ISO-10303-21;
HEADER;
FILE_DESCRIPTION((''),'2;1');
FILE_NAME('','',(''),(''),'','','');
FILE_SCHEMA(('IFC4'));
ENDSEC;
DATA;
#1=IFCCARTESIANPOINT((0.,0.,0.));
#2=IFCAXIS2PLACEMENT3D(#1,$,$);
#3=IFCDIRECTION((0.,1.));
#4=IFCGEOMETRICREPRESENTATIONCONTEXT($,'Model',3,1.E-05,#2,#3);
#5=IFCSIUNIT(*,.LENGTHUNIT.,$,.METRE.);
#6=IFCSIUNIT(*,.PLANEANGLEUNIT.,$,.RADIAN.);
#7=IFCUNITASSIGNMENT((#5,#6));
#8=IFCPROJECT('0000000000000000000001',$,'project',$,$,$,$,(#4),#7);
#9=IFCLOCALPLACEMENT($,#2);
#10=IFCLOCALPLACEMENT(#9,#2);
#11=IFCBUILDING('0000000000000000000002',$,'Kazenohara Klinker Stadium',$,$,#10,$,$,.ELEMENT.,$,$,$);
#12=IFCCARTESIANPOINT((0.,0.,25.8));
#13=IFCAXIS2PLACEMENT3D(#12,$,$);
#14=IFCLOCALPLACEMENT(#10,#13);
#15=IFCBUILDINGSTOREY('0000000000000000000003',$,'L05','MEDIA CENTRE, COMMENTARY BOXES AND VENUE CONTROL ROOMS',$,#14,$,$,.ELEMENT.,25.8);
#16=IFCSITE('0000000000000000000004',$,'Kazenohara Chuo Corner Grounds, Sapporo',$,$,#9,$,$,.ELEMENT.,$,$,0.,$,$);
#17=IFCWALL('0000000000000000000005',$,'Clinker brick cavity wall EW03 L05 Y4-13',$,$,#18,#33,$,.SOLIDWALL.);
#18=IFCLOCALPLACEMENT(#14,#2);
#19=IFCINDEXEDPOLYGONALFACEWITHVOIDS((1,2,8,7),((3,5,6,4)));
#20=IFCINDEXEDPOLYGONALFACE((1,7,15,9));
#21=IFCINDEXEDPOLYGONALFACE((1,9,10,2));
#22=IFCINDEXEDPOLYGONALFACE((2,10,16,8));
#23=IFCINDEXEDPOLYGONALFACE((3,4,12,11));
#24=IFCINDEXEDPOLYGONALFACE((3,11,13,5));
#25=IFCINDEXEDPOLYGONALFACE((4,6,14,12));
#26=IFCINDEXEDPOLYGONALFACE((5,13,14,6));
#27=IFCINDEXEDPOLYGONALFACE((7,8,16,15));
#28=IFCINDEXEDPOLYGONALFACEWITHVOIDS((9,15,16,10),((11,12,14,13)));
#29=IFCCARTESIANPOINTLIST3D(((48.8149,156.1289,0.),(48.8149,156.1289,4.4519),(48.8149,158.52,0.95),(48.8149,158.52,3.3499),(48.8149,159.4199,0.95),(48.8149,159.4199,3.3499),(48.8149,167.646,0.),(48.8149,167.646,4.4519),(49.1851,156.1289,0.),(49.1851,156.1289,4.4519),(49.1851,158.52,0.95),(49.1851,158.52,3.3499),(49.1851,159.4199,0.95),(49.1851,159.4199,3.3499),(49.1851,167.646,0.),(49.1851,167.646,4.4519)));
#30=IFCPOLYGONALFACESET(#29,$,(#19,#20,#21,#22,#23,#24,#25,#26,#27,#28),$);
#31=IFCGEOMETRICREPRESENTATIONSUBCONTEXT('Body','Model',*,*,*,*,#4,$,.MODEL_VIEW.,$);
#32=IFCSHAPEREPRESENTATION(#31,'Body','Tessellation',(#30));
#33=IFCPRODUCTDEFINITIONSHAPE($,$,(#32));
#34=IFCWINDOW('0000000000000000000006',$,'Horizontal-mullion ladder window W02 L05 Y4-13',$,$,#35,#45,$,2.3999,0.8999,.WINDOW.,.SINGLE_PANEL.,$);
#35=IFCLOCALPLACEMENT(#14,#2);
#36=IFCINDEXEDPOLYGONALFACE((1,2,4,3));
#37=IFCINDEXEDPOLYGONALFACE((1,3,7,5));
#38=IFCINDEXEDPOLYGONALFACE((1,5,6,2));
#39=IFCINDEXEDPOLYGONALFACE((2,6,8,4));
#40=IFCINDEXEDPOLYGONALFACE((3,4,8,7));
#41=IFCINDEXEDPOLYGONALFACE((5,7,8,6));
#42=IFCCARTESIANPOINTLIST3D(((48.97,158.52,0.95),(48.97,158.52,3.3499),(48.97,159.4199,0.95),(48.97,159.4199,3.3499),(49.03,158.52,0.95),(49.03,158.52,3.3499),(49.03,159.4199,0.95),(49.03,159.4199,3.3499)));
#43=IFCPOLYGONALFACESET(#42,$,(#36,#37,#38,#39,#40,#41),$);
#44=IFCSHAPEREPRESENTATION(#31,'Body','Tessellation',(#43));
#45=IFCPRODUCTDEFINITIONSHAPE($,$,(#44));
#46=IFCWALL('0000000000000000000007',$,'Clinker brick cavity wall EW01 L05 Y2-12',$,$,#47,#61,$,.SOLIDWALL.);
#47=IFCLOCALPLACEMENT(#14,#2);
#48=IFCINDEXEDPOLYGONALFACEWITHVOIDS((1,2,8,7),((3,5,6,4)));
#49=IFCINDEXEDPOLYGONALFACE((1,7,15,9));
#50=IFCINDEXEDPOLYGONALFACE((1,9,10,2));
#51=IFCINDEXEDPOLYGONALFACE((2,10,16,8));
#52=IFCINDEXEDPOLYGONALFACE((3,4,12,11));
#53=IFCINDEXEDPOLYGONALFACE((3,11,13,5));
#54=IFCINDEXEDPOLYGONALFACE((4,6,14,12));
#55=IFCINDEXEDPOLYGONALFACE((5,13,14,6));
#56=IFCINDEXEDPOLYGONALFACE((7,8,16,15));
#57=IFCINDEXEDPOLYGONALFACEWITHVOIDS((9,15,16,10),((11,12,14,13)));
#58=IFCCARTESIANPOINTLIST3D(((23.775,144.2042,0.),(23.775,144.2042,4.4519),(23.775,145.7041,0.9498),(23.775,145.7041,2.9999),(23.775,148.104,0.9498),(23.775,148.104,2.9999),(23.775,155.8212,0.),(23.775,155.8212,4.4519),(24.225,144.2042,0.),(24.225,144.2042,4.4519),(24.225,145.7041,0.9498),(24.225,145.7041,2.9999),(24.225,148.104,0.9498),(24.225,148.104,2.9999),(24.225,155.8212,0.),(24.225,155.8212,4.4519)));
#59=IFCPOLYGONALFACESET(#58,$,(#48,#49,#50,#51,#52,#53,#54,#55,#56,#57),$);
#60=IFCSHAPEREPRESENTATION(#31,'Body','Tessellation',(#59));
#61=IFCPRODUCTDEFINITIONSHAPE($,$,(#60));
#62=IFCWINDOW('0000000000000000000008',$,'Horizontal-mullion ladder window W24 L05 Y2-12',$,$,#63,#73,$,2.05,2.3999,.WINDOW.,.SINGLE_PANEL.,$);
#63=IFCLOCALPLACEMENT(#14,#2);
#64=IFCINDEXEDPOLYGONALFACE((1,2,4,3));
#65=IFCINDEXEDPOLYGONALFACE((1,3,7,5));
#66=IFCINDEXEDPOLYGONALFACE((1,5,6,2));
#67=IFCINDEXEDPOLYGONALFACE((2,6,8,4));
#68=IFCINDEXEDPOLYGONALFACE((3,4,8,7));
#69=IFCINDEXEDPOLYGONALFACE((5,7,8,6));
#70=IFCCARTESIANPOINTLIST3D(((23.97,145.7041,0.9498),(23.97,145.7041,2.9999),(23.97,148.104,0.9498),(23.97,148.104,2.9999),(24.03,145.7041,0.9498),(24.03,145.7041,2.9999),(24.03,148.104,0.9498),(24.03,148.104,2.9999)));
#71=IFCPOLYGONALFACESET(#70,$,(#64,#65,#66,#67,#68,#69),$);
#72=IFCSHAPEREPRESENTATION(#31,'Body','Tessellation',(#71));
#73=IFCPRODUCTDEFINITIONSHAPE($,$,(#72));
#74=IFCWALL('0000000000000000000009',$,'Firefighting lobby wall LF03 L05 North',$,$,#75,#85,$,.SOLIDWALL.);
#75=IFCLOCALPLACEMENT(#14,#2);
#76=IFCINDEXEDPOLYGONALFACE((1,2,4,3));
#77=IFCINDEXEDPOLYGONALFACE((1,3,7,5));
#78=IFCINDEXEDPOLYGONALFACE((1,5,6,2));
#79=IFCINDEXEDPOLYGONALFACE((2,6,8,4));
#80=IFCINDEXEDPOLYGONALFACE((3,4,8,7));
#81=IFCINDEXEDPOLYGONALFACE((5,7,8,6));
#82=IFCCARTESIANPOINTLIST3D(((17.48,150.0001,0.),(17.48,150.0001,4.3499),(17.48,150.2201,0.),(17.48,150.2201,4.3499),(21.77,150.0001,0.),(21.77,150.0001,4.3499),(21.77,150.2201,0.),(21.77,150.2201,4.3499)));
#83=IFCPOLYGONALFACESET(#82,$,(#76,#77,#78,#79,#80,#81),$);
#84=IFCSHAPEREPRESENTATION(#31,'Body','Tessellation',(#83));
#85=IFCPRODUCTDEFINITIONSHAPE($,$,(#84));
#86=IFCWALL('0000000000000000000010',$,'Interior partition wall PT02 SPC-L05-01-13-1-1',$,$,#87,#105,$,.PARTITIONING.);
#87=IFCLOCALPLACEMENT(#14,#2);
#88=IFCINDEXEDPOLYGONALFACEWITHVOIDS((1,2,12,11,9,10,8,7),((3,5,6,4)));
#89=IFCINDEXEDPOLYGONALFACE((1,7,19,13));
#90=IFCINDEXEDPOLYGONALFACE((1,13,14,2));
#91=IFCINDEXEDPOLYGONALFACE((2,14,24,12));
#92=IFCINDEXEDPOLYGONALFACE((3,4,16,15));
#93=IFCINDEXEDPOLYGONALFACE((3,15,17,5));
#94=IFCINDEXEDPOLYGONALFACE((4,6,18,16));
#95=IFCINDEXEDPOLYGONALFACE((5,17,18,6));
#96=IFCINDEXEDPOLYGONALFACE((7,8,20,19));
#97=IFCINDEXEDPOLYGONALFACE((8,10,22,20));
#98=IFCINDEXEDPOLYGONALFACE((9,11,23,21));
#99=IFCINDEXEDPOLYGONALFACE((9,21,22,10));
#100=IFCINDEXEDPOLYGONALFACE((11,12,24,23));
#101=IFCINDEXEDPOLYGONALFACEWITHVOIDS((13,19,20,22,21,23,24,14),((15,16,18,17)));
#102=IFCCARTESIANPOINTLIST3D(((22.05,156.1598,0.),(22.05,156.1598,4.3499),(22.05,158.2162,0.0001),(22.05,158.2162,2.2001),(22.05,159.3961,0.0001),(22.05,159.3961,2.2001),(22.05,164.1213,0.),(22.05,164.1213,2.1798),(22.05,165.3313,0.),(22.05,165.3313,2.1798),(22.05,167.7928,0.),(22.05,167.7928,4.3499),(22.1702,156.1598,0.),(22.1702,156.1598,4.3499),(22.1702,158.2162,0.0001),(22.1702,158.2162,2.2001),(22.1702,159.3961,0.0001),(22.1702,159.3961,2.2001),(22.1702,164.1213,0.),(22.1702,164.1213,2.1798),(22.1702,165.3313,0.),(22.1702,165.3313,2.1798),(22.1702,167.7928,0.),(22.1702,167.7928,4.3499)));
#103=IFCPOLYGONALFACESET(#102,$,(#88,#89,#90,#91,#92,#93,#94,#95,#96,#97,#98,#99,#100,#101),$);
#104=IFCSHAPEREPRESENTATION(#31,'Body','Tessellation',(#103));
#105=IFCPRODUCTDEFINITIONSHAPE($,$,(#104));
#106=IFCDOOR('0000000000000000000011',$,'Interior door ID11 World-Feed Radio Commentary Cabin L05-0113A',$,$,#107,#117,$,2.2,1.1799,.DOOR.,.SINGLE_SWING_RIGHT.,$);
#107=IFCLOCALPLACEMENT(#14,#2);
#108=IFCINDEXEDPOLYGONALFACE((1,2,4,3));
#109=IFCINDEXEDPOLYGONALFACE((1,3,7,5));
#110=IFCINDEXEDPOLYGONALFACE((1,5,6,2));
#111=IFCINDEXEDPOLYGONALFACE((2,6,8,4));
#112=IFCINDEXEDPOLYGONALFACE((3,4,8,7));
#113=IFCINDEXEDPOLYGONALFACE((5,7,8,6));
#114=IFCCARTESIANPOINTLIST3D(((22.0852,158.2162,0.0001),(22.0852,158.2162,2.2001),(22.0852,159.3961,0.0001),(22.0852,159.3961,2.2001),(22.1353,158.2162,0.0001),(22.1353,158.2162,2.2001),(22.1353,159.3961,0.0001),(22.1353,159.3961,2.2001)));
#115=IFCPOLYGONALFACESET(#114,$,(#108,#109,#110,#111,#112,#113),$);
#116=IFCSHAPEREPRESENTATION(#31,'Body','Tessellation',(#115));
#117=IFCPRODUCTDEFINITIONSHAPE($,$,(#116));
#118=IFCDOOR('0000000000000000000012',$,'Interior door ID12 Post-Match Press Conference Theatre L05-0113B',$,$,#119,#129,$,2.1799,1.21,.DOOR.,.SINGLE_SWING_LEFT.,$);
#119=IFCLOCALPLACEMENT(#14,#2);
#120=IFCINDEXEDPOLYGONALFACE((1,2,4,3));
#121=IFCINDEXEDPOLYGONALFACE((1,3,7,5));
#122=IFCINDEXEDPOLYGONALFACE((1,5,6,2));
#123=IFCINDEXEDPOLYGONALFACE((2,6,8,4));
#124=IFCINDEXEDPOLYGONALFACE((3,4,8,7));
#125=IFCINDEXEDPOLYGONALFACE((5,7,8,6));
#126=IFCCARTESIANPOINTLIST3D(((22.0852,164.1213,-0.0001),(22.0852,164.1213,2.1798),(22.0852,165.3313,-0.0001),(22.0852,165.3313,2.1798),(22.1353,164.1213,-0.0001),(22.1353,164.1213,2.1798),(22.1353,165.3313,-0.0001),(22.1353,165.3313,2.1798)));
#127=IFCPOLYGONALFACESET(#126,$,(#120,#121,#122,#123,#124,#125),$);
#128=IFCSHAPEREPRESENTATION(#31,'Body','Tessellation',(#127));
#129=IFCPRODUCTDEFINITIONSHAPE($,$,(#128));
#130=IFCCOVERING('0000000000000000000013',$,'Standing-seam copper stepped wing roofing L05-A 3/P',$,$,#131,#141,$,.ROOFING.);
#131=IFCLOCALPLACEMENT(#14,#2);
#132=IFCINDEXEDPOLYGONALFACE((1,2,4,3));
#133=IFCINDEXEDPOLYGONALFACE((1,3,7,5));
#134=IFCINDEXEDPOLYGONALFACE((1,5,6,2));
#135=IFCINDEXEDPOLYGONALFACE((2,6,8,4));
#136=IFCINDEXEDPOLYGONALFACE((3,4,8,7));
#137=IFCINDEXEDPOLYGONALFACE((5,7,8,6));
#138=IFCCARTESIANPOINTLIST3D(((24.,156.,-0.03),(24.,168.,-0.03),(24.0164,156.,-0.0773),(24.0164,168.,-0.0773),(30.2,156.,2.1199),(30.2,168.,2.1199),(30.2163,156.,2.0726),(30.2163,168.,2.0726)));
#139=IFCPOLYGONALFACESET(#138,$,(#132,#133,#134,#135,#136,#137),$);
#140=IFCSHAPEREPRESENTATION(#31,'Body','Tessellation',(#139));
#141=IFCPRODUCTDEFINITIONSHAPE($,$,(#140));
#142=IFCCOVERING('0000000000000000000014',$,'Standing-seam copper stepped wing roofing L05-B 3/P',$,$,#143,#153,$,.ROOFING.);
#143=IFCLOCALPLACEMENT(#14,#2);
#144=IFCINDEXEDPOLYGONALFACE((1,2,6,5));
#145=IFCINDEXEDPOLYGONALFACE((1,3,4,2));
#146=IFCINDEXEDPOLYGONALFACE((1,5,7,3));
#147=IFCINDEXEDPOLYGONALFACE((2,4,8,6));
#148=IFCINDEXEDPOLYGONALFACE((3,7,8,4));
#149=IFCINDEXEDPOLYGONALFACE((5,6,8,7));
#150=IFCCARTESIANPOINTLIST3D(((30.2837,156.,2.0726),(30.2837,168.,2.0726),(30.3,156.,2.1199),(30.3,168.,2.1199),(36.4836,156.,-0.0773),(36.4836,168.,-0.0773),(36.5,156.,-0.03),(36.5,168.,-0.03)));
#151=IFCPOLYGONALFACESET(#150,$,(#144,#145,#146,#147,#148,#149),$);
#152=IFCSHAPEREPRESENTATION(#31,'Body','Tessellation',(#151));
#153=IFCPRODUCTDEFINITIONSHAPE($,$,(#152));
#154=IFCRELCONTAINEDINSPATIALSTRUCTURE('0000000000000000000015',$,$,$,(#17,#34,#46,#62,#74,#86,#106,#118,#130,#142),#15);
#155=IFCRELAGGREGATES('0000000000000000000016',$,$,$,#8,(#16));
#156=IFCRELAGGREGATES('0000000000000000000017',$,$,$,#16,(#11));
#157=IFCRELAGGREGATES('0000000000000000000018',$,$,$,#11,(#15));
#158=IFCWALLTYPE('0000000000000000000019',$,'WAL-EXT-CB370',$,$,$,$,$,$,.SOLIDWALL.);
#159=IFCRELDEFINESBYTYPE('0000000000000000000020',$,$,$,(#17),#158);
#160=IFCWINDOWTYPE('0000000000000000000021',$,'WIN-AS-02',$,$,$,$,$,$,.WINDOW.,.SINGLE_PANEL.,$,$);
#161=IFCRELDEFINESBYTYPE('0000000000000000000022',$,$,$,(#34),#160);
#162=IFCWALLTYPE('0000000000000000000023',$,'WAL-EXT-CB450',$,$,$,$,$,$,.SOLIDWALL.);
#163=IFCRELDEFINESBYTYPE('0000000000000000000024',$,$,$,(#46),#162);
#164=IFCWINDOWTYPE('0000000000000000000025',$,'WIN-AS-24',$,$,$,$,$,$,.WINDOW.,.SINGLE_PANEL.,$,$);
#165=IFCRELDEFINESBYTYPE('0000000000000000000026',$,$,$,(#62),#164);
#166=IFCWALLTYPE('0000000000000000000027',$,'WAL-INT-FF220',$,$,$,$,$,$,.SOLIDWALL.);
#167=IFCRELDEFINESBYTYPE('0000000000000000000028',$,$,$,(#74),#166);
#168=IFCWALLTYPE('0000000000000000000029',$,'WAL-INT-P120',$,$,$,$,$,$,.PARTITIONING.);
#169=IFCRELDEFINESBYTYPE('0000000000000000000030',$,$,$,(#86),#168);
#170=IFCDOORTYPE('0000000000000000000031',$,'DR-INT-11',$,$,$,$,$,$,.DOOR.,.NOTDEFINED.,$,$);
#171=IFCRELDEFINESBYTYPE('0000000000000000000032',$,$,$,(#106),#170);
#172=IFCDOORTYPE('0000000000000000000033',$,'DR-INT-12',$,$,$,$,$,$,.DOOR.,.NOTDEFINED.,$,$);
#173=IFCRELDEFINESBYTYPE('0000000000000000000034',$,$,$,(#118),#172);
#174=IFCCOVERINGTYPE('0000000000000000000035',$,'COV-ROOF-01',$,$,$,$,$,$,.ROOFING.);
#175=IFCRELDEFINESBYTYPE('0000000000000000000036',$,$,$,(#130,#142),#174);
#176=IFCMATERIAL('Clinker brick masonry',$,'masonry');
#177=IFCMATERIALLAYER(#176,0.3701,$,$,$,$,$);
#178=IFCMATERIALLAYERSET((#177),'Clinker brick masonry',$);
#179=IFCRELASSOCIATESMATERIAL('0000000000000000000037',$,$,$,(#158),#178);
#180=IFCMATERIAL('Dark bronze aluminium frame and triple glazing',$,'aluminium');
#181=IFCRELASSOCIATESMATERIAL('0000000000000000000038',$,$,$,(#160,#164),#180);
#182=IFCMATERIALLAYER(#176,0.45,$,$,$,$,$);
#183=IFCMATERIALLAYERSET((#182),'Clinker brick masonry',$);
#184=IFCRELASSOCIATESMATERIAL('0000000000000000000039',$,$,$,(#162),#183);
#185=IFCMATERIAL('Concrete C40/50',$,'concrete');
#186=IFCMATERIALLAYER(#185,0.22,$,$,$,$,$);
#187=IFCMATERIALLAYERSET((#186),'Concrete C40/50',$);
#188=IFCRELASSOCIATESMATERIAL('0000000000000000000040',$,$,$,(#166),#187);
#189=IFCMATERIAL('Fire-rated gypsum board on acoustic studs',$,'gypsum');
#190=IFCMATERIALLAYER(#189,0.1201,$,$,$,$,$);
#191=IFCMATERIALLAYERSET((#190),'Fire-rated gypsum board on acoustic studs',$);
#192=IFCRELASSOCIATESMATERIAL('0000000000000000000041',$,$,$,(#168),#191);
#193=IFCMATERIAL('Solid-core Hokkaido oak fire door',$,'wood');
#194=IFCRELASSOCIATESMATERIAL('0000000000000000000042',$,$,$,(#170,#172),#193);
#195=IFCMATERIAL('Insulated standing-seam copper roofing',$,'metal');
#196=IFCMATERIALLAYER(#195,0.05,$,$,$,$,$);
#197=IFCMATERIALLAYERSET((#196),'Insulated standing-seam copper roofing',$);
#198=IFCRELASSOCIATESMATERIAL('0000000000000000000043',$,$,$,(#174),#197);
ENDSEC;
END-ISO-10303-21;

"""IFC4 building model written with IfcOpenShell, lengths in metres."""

from ifc_helpers import new_model, si_unit, direction, frame, frame_2d, origin, place, context, subcontext, project, spatial, polyline, rectangle, outline, extrude, material, layer, layer_set, type_object, element, fill, save


model = new_model("IFC4")

# Units and contexts
model_context = context("Model", 3, precision=1e-05, world=origin(), true_north=direction((0.0, 1.0)))
body_context = subcontext(model_context, "Body", "Model", "MODEL_VIEW")
ifc_project = project(units=[si_unit("LENGTHUNIT", "METRE"), si_unit("PLANEANGLEUNIT", "RADIAN")], contexts=[model_context])

# Site, building, storey
site_placement = place(None, origin())
site = spatial("IfcSite", under=ifc_project, at=site_placement, Name="Kazenohara Chuo Corner Grounds, Sapporo", CompositionType="ELEMENT", RefElevation=0.0)
building_placement = place(site_placement, origin())
building = spatial("IfcBuilding", under=site, at=building_placement, Name="Kazenohara Klinker Stadium", CompositionType="ELEMENT")
storey_placement = place(building_placement, frame((0.0, 0.0, 25.8)))
storey = spatial("IfcBuildingStorey", under=building, at=storey_placement, Name="L05", Description="MEDIA CENTRE, COMMENTARY BOXES AND VENUE CONTROL ROOMS", CompositionType="ELEMENT", Elevation=25.8)

# Shared definitions
ifc_material_1 = material(Name="Concrete C40/50", Category="concrete")

# Walls, openings, windows
ifc_material_2 = material(Name="Clinker brick masonry", Category="masonry")
ifc_layer_1 = layer(ifc_material_2, 0.3701)
ifc_layer_set_1 = layer_set([ifc_layer_1], Name="Clinker brick masonry")
wall_type_1 = type_object("IfcWallType", Name="WAL-EXT-CB370", PredefinedType="SOLIDWALL", material=ifc_layer_set_1)
ifc_material_3 = material(Name="Dark bronze aluminium frame and triple glazing", Category="aluminium")
wall_1_placement = place(storey_placement, frame((49.0, 156.1289, 0.0), z_axis=(0.0, 0.0, 1.0), x_axis=(0.0, 1.0, 0.0)))
wall_1 = element("IfcWall", 1, at=wall_1_placement, inside=storey, type_object=wall_type_1, Name="Clinker brick cavity wall EW03 L05 Y4-13", PredefinedType="SOLIDWALL", context=body_context, shape_type="SweptSolid", body=[
    extrude(rectangle(XDim=11.5171, YDim=0.3701, at=frame_2d((5.7585, 0.0))), origin(), (0.0, 0.0, 1.0), 4.4519),
])
opening_1_placement = place(wall_1_placement, frame((2.3911, 0.0, 0.95)))
opening_1 = element("IfcOpeningElement", 2, at=opening_1_placement, cuts=wall_1, PredefinedType="OPENING", context=body_context, shape_type="SweptSolid", body=[
    extrude(rectangle(XDim=0.8999, YDim=2.3999, at=frame_2d((0.45, 1.2))), frame((0.0, 0.1951, 0.0), z_axis=(0.0, -1.0, 0.0), x_axis=(1.0, 0.0, 0.0)), (0.0, 0.0, 1.0), 0.3901),
])
window_type_1 = type_object("IfcWindowType", Name="WIN-AS-02", PartitioningType="SINGLE_PANEL", PredefinedType="WINDOW", material=ifc_material_3)
window_1_placement = place(opening_1_placement, origin())
window_1 = element("IfcWindow", 3, at=window_1_placement, inside=storey, type_object=window_type_1, Name="Horizontal-mullion ladder window W02 L05 Y4-13", OverallHeight=2.3999, OverallWidth=0.8999, PartitioningType="SINGLE_PANEL", PredefinedType="WINDOW", context=body_context, shape_type="SweptSolid", body=[
    extrude(rectangle(XDim=0.8999, YDim=2.3999, at=frame_2d((0.45, 1.2))), frame((0.0, 0.03, 0.0), z_axis=(0.0, -1.0, 0.0), x_axis=(1.0, 0.0, 0.0)), (0.0, 0.0, 1.0), 0.0601),
])
fill(opening_1, window_1)
ifc_layer_2 = layer(ifc_material_2, 0.45)
ifc_layer_set_2 = layer_set([ifc_layer_2], Name="Clinker brick masonry")
wall_type_2 = type_object("IfcWallType", Name="WAL-EXT-CB450", PredefinedType="SOLIDWALL", material=ifc_layer_set_2)
wall_2_placement = place(storey_placement, frame((24.0, 144.2041, 0.0), z_axis=(0.0, 0.0, 1.0), x_axis=(0.0, 1.0, 0.0)))
wall_2 = element("IfcWall", 4, at=wall_2_placement, inside=storey, type_object=wall_type_2, Name="Clinker brick cavity wall EW01 L05 Y2-12", PredefinedType="SOLIDWALL", context=body_context, shape_type="SweptSolid", body=[
    extrude(rectangle(XDim=11.6169, YDim=0.45, at=frame_2d((5.8086, 0.0))), origin(), (0.0, 0.0, 1.0), 4.4519),
])
opening_2_placement = place(wall_2_placement, frame((1.5, 0.0, 0.95)))
opening_2 = element("IfcOpeningElement", 5, at=opening_2_placement, cuts=wall_2, PredefinedType="OPENING", context=body_context, shape_type="SweptSolid", body=[
    extrude(rectangle(XDim=2.3999, YDim=2.05, at=frame_2d((1.2, 1.0249))), frame((0.0, 0.2349, 0.0), z_axis=(0.0, -1.0, 0.0), x_axis=(1.0, 0.0, 0.0)), (0.0, 0.0, 1.0), 0.47),
])
window_type_2 = type_object("IfcWindowType", Name="WIN-AS-24", PartitioningType="SINGLE_PANEL", PredefinedType="WINDOW", material=ifc_material_3)
window_2_placement = place(opening_2_placement, origin())
window_2 = element("IfcWindow", 6, at=window_2_placement, inside=storey, type_object=window_type_2, Name="Horizontal-mullion ladder window W24 L05 Y2-12", OverallHeight=2.05, OverallWidth=2.3999, PartitioningType="SINGLE_PANEL", PredefinedType="WINDOW", context=body_context, shape_type="SweptSolid", body=[
    extrude(rectangle(XDim=2.3999, YDim=2.05, at=frame_2d((1.2, 1.0249))), frame((0.0, 0.03, 0.0), z_axis=(0.0, -1.0, 0.0), x_axis=(1.0, 0.0, 0.0)), (0.0, 0.0, 1.0), 0.0601),
])
fill(opening_2, window_2)

# Wall
ifc_layer_3 = layer(ifc_material_1, 0.22)
ifc_layer_set_3 = layer_set([ifc_layer_3], Name="Concrete C40/50")
wall_type_3 = type_object("IfcWallType", Name="WAL-INT-FF220", PredefinedType="SOLIDWALL", material=ifc_layer_set_3)
wall_3_placement = place(storey_placement, frame((17.48, 150.1101, 0.0), z_axis=(0.0, 0.0, 1.0), x_axis=(1.0, 0.0, 0.0)))
element("IfcWall", 7, at=wall_3_placement, inside=storey, type_object=wall_type_3, Name="Firefighting lobby wall LF03 L05 North", PredefinedType="SOLIDWALL", context=body_context, shape_type="SweptSolid", body=[
    extrude(rectangle(XDim=4.29, YDim=0.22, at=frame_2d((2.145, 0.0))), origin(), (0.0, 0.0, 1.0), 4.3499),
])

# Wall, openings, doors
ifc_material_4 = material(Name="Fire-rated gypsum board on acoustic studs", Category="gypsum")
ifc_layer_4 = layer(ifc_material_4, 0.1201)
ifc_layer_set_4 = layer_set([ifc_layer_4], Name="Fire-rated gypsum board on acoustic studs")
wall_type_4 = type_object("IfcWallType", Name="WAL-INT-P120", PredefinedType="PARTITIONING", material=ifc_layer_set_4)
wall_4_placement = place(storey_placement, frame((22.1101, 156.1599, 0.0), z_axis=(0.0, 0.0, 1.0), x_axis=(0.0, 1.0, 0.0)))
wall_4 = element("IfcWall", 8, at=wall_4_placement, inside=storey, type_object=wall_type_4, Name="Interior partition wall PT02 SPC-L05-01-13-1-1", PredefinedType="PARTITIONING", context=body_context, shape_type="SweptSolid", body=[
    extrude(rectangle(XDim=11.6331, YDim=0.1201, at=frame_2d((5.8164, 0.0))), origin(), (0.0, 0.0, 1.0), 4.3499),
])
opening_3_placement = place(wall_4_placement, frame((2.0564, 0.0, 0.0)))
opening_3 = element("IfcOpeningElement", 9, at=opening_3_placement, cuts=wall_4, PredefinedType="OPENING", context=body_context, shape_type="SweptSolid", body=[
    extrude(rectangle(XDim=1.1799, YDim=2.2, at=frame_2d((0.5898, 1.1001))), frame((0.0, 0.0701, 0.0), z_axis=(0.0, -1.0, 0.0), x_axis=(1.0, 0.0, 0.0)), (0.0, 0.0, 1.0), 0.1401),
])
opening_4_placement = place(wall_4_placement, frame((7.9614, 0.0, 0.0)))
opening_4 = element("IfcOpeningElement", 10, at=opening_4_placement, cuts=wall_4, PredefinedType="OPENING", context=body_context, shape_type="SweptSolid", body=[
    extrude(rectangle(XDim=1.21, YDim=2.1799, at=frame_2d((0.605, 1.0898))), frame((0.0, 0.0701, 0.0), z_axis=(0.0, -1.0, 0.0), x_axis=(1.0, 0.0, 0.0)), (0.0, 0.0, 1.0), 0.1401),
])
ifc_material_5 = material(Name="Solid-core Hokkaido oak fire door", Category="wood")
door_type_1 = type_object("IfcDoorType", Name="DR-INT-11", OperationType="NOTDEFINED", PredefinedType="DOOR", material=ifc_material_5)
door_1_placement = place(opening_3_placement, origin())
door_1 = element("IfcDoor", 11, at=door_1_placement, inside=storey, type_object=door_type_1, Name="Interior door ID11 World-Feed Radio Commentary Cabin L05-0113A", OperationType="SINGLE_SWING_RIGHT", OverallHeight=2.2, OverallWidth=1.1799, PredefinedType="DOOR", context=body_context, shape_type="SweptSolid", body=[
    extrude(rectangle(XDim=1.1799, YDim=2.2, at=frame_2d((0.5898, 1.1001))), frame((0.0, 0.0249, 0.0), z_axis=(0.0, -1.0, 0.0), x_axis=(1.0, 0.0, 0.0)), (0.0, 0.0, 1.0), 0.05),
])
fill(opening_3, door_1)
door_type_2 = type_object("IfcDoorType", Name="DR-INT-12", OperationType="NOTDEFINED", PredefinedType="DOOR", material=ifc_material_5)
door_2_placement = place(opening_4_placement, origin())
door_2 = element("IfcDoor", 12, at=door_2_placement, inside=storey, type_object=door_type_2, Name="Interior door ID12 Post-Match Press Conference Theatre L05-0113B", OperationType="SINGLE_SWING_LEFT", OverallHeight=2.1799, OverallWidth=1.21, PredefinedType="DOOR", context=body_context, shape_type="SweptSolid", body=[
    extrude(rectangle(XDim=1.21, YDim=2.1799, at=frame_2d((0.605, 1.0898))), frame((0.0, 0.0249, 0.0), z_axis=(0.0, -1.0, 0.0), x_axis=(1.0, 0.0, 0.0)), (0.0, 0.0, 1.0), 0.05),
])
fill(opening_4, door_2)

# Coverings
ifc_material_6 = material(Name="Insulated standing-seam copper roofing", Category="metal")
ifc_layer_5 = layer(ifc_material_6, 0.05)
ifc_layer_set_5 = layer_set([ifc_layer_5], Name="Insulated standing-seam copper roofing")
covering_type = type_object("IfcCoveringType", Name="COV-ROOF-01", PredefinedType="ROOFING", material=ifc_layer_set_5)
for number, where, z_axis, x_axis, name in (
    (13, (24.0, 156.0, -0.03), (-0.327623, 0.0, 0.944809), (0.944809, 0.0, 0.327623), "Standing-seam copper stepped wing roofing L05-A 3/P"),
    (14, (30.3, 156.0, 2.1199), (0.327623, 0.0, 0.944809), (0.944809, 0.0, -0.327623), "Standing-seam copper stepped wing roofing L05-B 3/P"),
):
    element("IfcCovering", number, at=place(storey_placement, frame(where, z_axis=z_axis, x_axis=x_axis)), inside=storey, type_object=covering_type, Name=name, PredefinedType="ROOFING", context=body_context, shape_type="SweptSolid", body=[
        extrude(outline(polyline([(0.0, 0.0), (6.5621, 0.0), (6.5621, 12.0), (0.0, 12.0), (0.0, 0.0)])), origin(), (0.0, 0.0, -1.0), 0.05),
    ])

save(model, "model.ifc")
